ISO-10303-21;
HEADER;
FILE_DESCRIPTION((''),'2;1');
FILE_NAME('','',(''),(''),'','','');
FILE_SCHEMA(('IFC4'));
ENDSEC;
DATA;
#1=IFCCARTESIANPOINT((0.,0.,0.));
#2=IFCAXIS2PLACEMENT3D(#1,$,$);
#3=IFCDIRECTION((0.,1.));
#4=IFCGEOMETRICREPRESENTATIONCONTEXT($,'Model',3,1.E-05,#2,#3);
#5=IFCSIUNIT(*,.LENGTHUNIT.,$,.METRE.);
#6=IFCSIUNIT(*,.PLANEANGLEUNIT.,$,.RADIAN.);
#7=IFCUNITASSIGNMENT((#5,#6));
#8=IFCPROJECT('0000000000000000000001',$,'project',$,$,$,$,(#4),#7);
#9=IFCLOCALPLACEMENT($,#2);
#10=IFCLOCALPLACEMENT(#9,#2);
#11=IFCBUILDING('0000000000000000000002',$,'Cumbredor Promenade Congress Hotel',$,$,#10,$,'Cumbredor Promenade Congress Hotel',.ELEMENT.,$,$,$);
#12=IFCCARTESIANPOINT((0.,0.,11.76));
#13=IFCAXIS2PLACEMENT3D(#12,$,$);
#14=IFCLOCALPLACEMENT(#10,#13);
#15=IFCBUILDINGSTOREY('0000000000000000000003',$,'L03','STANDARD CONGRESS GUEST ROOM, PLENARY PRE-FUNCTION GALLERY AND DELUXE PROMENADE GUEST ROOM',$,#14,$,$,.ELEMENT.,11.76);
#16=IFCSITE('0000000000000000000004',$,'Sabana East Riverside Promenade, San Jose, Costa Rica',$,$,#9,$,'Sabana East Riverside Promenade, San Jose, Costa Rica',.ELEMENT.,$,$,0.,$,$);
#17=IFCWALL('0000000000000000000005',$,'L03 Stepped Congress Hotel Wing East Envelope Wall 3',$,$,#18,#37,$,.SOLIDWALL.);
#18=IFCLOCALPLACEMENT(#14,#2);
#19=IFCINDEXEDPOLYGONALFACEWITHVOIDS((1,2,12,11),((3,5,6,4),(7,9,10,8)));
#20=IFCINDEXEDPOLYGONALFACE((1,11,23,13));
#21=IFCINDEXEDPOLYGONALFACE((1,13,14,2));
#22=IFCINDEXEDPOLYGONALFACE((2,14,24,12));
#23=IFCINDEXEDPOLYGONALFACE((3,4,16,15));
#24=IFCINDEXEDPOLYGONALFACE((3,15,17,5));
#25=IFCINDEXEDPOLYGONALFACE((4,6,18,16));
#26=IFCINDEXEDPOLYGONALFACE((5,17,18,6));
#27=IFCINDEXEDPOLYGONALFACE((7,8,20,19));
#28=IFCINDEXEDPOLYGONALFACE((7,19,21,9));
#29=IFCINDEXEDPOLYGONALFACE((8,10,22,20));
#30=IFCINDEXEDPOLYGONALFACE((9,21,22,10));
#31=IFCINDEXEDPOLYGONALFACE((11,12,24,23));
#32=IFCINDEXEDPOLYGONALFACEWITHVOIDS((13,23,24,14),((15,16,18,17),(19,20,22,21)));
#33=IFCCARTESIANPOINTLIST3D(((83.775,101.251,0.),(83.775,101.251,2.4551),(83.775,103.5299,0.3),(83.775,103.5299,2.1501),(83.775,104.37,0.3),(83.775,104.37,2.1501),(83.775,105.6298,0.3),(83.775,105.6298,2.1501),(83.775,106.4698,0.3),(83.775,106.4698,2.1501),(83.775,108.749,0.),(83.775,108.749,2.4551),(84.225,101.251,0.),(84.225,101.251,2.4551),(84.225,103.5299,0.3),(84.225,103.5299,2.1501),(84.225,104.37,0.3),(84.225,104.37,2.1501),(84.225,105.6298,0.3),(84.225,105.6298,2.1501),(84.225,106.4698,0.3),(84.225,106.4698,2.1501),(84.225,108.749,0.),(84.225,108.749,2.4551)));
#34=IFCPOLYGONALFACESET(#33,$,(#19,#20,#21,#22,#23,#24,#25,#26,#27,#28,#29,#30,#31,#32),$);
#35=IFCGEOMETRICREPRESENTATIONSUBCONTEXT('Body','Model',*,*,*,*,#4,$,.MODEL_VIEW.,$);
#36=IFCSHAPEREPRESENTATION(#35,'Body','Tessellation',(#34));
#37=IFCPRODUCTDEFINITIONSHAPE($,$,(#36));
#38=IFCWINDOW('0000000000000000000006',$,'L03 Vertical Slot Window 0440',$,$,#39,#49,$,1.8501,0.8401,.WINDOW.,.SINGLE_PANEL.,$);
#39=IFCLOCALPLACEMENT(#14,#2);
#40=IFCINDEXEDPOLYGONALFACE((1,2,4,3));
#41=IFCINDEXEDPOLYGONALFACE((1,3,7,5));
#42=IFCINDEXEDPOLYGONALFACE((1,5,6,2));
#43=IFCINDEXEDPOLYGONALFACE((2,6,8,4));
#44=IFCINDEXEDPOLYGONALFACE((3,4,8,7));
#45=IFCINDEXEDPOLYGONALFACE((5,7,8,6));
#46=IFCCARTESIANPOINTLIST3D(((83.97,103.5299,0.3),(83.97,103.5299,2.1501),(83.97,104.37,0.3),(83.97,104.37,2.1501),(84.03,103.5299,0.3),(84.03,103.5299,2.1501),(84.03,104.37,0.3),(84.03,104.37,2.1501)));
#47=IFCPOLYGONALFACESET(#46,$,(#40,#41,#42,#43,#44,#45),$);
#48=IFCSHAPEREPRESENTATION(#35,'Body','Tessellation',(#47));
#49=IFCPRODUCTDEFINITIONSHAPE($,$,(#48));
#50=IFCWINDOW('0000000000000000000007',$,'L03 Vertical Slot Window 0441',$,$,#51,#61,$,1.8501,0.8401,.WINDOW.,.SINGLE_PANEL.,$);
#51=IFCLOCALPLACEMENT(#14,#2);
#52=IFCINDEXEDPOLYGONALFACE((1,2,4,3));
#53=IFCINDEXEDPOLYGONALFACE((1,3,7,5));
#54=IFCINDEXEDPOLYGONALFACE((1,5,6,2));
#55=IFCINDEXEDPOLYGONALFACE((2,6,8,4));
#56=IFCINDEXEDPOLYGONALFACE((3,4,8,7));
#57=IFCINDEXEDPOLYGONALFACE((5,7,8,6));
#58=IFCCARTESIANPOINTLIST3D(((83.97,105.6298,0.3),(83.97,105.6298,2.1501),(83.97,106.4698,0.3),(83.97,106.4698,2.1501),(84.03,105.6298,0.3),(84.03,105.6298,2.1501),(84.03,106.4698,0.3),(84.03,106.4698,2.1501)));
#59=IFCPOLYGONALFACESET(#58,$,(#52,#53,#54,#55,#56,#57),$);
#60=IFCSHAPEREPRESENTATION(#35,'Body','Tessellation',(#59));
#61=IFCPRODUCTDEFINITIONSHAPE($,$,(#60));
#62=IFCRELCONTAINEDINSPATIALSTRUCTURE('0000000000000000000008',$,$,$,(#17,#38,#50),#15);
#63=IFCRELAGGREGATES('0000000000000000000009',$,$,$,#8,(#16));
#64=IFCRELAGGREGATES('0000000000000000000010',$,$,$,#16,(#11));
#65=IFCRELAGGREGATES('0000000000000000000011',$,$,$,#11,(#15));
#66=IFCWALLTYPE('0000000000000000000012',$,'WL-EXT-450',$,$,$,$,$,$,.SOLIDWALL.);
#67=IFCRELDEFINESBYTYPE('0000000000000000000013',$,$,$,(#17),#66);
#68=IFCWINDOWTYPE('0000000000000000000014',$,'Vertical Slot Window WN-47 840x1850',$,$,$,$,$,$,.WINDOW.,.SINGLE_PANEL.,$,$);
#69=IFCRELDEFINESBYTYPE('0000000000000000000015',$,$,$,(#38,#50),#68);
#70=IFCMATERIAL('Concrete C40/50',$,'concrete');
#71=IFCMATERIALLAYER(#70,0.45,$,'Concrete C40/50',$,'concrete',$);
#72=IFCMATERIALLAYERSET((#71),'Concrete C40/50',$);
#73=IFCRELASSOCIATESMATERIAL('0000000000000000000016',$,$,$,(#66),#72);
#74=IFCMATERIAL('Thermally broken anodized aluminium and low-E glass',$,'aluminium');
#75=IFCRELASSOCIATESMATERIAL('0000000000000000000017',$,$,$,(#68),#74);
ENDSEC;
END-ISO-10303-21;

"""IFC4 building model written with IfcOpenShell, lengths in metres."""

from ifc_helpers import new_model, si_unit, direction, frame, frame_2d, origin, place, context, subcontext, project, spatial, rectangle, extrude, material, layer, layer_set, type_object, element, fill, save


model = new_model("IFC4")

# Units and contexts
model_context = context("Model", 3, precision=1e-05, world=origin(), true_north=direction((0.0, 1.0)))
body_context = subcontext(model_context, "Body", "Model", "MODEL_VIEW")
ifc_project = project(units=[si_unit("LENGTHUNIT", "METRE"), si_unit("PLANEANGLEUNIT", "RADIAN")], contexts=[model_context])

# Site, building, storey
site_placement = place(None, origin())
site = spatial("IfcSite", under=ifc_project, at=site_placement, Name="Sabana East Riverside Promenade, San Jose, Costa Rica", LongName="Sabana East Riverside Promenade, San Jose, Costa Rica", CompositionType="ELEMENT", RefElevation=0.0)
building_placement = place(site_placement, origin())
building = spatial("IfcBuilding", under=site, at=building_placement, Name="Cumbredor Promenade Congress Hotel", LongName="Cumbredor Promenade Congress Hotel", CompositionType="ELEMENT")
storey_placement = place(building_placement, frame((0.0, 0.0, 11.76)))
storey = spatial("IfcBuildingStorey", under=building, at=storey_placement, Name="L03", Description="STANDARD CONGRESS GUEST ROOM, PLENARY PRE-FUNCTION GALLERY AND DELUXE PROMENADE GUEST ROOM", CompositionType="ELEMENT", Elevation=11.76)

# Shared definitions
ifc_material_1 = material(Name="Concrete C40/50", Category="concrete")

# Shared definitions
ifc_material_2 = material(Name="Thermally broken anodized aluminium and low-E glass", Category="aluminium")

# Wall, openings, windows
ifc_layer_1 = layer(ifc_material_1, 0.45, Name="Concrete C40/50", Category="concrete")
ifc_layer_set_1 = layer_set([ifc_layer_1], Name="Concrete C40/50")
wall_type_1 = type_object("IfcWallType", Name="WL-EXT-450", PredefinedType="SOLIDWALL", material=ifc_layer_set_1)
wall_1_placement = place(storey_placement, frame((84.0, 101.251, 0.0), z_axis=(0.0, 0.0, 1.0), x_axis=(0.0, 1.0, 0.0)))
wall_1 = element("IfcWall", 1, at=wall_1_placement, inside=storey, type_object=wall_type_1, Name="L03 Stepped Congress Hotel Wing East Envelope Wall 3", PredefinedType="SOLIDWALL", context=body_context, shape_type="SweptSolid", body=[
    extrude(rectangle(XDim=7.498, YDim=0.45, at=frame_2d((3.749, 0.0))), origin(), (0.0, 0.0, 1.0), 2.4551),
])
opening_1_placement = place(wall_1_placement, frame((2.2791, 0.0, 0.3)))
opening_1 = element("IfcOpeningElement", 2, at=opening_1_placement, cuts=wall_1, PredefinedType="OPENING", context=body_context, shape_type="SweptSolid", body=[
    extrude(rectangle(XDim=0.8401, YDim=1.8501, at=frame_2d((0.4199, 0.925))), frame((0.0, 0.2349, 0.0), z_axis=(0.0, -1.0, 0.0), x_axis=(1.0, 0.0, 0.0)), (0.0, 0.0, 1.0), 0.47),
])
opening_2_placement = place(wall_1_placement, frame((4.3789, 0.0, 0.3)))
opening_2 = element("IfcOpeningElement", 3, at=opening_2_placement, cuts=wall_1, PredefinedType="OPENING", context=body_context, shape_type="SweptSolid", body=[
    extrude(rectangle(XDim=0.8401, YDim=1.8501, at=frame_2d((0.4199, 0.925))), frame((0.0, 0.2349, 0.0), z_axis=(0.0, -1.0, 0.0), x_axis=(1.0, 0.0, 0.0)), (0.0, 0.0, 1.0), 0.47),
])
window_type_1 = type_object("IfcWindowType", Name="Vertical Slot Window WN-47 840x1850", PartitioningType="SINGLE_PANEL", PredefinedType="WINDOW", material=ifc_material_2)
window_1_placement = place(opening_1_placement, origin())
window_1 = element("IfcWindow", 4, at=window_1_placement, inside=storey, type_object=window_type_1, Name="L03 Vertical Slot Window 0440", OverallHeight=1.8501, OverallWidth=0.8401, PartitioningType="SINGLE_PANEL", PredefinedType="WINDOW", context=body_context, shape_type="SweptSolid", body=[
    extrude(rectangle(XDim=0.8401, YDim=1.8501, at=frame_2d((0.4199, 0.925))), frame((0.0, 0.03, 0.0), z_axis=(0.0, -1.0, 0.0), x_axis=(1.0, 0.0, 0.0)), (0.0, 0.0, 1.0), 0.0601),
])
fill(opening_1, window_1)
window_2_placement = place(opening_2_placement, origin())
window_2 = element("IfcWindow", 5, at=window_2_placement, inside=storey, type_object=window_type_1, Name="L03 Vertical Slot Window 0441", OverallHeight=1.8501, OverallWidth=0.8401, PartitioningType="SINGLE_PANEL", PredefinedType="WINDOW", context=body_context, shape_type="SweptSolid", body=[
    extrude(rectangle(XDim=0.8401, YDim=1.8501, at=frame_2d((0.4199, 0.925))), frame((0.0, 0.03, 0.0), z_axis=(0.0, -1.0, 0.0), x_axis=(1.0, 0.0, 0.0)), (0.0, 0.0, 1.0), 0.0601),
])
fill(opening_2, window_2)

save(model, "model.ifc")
